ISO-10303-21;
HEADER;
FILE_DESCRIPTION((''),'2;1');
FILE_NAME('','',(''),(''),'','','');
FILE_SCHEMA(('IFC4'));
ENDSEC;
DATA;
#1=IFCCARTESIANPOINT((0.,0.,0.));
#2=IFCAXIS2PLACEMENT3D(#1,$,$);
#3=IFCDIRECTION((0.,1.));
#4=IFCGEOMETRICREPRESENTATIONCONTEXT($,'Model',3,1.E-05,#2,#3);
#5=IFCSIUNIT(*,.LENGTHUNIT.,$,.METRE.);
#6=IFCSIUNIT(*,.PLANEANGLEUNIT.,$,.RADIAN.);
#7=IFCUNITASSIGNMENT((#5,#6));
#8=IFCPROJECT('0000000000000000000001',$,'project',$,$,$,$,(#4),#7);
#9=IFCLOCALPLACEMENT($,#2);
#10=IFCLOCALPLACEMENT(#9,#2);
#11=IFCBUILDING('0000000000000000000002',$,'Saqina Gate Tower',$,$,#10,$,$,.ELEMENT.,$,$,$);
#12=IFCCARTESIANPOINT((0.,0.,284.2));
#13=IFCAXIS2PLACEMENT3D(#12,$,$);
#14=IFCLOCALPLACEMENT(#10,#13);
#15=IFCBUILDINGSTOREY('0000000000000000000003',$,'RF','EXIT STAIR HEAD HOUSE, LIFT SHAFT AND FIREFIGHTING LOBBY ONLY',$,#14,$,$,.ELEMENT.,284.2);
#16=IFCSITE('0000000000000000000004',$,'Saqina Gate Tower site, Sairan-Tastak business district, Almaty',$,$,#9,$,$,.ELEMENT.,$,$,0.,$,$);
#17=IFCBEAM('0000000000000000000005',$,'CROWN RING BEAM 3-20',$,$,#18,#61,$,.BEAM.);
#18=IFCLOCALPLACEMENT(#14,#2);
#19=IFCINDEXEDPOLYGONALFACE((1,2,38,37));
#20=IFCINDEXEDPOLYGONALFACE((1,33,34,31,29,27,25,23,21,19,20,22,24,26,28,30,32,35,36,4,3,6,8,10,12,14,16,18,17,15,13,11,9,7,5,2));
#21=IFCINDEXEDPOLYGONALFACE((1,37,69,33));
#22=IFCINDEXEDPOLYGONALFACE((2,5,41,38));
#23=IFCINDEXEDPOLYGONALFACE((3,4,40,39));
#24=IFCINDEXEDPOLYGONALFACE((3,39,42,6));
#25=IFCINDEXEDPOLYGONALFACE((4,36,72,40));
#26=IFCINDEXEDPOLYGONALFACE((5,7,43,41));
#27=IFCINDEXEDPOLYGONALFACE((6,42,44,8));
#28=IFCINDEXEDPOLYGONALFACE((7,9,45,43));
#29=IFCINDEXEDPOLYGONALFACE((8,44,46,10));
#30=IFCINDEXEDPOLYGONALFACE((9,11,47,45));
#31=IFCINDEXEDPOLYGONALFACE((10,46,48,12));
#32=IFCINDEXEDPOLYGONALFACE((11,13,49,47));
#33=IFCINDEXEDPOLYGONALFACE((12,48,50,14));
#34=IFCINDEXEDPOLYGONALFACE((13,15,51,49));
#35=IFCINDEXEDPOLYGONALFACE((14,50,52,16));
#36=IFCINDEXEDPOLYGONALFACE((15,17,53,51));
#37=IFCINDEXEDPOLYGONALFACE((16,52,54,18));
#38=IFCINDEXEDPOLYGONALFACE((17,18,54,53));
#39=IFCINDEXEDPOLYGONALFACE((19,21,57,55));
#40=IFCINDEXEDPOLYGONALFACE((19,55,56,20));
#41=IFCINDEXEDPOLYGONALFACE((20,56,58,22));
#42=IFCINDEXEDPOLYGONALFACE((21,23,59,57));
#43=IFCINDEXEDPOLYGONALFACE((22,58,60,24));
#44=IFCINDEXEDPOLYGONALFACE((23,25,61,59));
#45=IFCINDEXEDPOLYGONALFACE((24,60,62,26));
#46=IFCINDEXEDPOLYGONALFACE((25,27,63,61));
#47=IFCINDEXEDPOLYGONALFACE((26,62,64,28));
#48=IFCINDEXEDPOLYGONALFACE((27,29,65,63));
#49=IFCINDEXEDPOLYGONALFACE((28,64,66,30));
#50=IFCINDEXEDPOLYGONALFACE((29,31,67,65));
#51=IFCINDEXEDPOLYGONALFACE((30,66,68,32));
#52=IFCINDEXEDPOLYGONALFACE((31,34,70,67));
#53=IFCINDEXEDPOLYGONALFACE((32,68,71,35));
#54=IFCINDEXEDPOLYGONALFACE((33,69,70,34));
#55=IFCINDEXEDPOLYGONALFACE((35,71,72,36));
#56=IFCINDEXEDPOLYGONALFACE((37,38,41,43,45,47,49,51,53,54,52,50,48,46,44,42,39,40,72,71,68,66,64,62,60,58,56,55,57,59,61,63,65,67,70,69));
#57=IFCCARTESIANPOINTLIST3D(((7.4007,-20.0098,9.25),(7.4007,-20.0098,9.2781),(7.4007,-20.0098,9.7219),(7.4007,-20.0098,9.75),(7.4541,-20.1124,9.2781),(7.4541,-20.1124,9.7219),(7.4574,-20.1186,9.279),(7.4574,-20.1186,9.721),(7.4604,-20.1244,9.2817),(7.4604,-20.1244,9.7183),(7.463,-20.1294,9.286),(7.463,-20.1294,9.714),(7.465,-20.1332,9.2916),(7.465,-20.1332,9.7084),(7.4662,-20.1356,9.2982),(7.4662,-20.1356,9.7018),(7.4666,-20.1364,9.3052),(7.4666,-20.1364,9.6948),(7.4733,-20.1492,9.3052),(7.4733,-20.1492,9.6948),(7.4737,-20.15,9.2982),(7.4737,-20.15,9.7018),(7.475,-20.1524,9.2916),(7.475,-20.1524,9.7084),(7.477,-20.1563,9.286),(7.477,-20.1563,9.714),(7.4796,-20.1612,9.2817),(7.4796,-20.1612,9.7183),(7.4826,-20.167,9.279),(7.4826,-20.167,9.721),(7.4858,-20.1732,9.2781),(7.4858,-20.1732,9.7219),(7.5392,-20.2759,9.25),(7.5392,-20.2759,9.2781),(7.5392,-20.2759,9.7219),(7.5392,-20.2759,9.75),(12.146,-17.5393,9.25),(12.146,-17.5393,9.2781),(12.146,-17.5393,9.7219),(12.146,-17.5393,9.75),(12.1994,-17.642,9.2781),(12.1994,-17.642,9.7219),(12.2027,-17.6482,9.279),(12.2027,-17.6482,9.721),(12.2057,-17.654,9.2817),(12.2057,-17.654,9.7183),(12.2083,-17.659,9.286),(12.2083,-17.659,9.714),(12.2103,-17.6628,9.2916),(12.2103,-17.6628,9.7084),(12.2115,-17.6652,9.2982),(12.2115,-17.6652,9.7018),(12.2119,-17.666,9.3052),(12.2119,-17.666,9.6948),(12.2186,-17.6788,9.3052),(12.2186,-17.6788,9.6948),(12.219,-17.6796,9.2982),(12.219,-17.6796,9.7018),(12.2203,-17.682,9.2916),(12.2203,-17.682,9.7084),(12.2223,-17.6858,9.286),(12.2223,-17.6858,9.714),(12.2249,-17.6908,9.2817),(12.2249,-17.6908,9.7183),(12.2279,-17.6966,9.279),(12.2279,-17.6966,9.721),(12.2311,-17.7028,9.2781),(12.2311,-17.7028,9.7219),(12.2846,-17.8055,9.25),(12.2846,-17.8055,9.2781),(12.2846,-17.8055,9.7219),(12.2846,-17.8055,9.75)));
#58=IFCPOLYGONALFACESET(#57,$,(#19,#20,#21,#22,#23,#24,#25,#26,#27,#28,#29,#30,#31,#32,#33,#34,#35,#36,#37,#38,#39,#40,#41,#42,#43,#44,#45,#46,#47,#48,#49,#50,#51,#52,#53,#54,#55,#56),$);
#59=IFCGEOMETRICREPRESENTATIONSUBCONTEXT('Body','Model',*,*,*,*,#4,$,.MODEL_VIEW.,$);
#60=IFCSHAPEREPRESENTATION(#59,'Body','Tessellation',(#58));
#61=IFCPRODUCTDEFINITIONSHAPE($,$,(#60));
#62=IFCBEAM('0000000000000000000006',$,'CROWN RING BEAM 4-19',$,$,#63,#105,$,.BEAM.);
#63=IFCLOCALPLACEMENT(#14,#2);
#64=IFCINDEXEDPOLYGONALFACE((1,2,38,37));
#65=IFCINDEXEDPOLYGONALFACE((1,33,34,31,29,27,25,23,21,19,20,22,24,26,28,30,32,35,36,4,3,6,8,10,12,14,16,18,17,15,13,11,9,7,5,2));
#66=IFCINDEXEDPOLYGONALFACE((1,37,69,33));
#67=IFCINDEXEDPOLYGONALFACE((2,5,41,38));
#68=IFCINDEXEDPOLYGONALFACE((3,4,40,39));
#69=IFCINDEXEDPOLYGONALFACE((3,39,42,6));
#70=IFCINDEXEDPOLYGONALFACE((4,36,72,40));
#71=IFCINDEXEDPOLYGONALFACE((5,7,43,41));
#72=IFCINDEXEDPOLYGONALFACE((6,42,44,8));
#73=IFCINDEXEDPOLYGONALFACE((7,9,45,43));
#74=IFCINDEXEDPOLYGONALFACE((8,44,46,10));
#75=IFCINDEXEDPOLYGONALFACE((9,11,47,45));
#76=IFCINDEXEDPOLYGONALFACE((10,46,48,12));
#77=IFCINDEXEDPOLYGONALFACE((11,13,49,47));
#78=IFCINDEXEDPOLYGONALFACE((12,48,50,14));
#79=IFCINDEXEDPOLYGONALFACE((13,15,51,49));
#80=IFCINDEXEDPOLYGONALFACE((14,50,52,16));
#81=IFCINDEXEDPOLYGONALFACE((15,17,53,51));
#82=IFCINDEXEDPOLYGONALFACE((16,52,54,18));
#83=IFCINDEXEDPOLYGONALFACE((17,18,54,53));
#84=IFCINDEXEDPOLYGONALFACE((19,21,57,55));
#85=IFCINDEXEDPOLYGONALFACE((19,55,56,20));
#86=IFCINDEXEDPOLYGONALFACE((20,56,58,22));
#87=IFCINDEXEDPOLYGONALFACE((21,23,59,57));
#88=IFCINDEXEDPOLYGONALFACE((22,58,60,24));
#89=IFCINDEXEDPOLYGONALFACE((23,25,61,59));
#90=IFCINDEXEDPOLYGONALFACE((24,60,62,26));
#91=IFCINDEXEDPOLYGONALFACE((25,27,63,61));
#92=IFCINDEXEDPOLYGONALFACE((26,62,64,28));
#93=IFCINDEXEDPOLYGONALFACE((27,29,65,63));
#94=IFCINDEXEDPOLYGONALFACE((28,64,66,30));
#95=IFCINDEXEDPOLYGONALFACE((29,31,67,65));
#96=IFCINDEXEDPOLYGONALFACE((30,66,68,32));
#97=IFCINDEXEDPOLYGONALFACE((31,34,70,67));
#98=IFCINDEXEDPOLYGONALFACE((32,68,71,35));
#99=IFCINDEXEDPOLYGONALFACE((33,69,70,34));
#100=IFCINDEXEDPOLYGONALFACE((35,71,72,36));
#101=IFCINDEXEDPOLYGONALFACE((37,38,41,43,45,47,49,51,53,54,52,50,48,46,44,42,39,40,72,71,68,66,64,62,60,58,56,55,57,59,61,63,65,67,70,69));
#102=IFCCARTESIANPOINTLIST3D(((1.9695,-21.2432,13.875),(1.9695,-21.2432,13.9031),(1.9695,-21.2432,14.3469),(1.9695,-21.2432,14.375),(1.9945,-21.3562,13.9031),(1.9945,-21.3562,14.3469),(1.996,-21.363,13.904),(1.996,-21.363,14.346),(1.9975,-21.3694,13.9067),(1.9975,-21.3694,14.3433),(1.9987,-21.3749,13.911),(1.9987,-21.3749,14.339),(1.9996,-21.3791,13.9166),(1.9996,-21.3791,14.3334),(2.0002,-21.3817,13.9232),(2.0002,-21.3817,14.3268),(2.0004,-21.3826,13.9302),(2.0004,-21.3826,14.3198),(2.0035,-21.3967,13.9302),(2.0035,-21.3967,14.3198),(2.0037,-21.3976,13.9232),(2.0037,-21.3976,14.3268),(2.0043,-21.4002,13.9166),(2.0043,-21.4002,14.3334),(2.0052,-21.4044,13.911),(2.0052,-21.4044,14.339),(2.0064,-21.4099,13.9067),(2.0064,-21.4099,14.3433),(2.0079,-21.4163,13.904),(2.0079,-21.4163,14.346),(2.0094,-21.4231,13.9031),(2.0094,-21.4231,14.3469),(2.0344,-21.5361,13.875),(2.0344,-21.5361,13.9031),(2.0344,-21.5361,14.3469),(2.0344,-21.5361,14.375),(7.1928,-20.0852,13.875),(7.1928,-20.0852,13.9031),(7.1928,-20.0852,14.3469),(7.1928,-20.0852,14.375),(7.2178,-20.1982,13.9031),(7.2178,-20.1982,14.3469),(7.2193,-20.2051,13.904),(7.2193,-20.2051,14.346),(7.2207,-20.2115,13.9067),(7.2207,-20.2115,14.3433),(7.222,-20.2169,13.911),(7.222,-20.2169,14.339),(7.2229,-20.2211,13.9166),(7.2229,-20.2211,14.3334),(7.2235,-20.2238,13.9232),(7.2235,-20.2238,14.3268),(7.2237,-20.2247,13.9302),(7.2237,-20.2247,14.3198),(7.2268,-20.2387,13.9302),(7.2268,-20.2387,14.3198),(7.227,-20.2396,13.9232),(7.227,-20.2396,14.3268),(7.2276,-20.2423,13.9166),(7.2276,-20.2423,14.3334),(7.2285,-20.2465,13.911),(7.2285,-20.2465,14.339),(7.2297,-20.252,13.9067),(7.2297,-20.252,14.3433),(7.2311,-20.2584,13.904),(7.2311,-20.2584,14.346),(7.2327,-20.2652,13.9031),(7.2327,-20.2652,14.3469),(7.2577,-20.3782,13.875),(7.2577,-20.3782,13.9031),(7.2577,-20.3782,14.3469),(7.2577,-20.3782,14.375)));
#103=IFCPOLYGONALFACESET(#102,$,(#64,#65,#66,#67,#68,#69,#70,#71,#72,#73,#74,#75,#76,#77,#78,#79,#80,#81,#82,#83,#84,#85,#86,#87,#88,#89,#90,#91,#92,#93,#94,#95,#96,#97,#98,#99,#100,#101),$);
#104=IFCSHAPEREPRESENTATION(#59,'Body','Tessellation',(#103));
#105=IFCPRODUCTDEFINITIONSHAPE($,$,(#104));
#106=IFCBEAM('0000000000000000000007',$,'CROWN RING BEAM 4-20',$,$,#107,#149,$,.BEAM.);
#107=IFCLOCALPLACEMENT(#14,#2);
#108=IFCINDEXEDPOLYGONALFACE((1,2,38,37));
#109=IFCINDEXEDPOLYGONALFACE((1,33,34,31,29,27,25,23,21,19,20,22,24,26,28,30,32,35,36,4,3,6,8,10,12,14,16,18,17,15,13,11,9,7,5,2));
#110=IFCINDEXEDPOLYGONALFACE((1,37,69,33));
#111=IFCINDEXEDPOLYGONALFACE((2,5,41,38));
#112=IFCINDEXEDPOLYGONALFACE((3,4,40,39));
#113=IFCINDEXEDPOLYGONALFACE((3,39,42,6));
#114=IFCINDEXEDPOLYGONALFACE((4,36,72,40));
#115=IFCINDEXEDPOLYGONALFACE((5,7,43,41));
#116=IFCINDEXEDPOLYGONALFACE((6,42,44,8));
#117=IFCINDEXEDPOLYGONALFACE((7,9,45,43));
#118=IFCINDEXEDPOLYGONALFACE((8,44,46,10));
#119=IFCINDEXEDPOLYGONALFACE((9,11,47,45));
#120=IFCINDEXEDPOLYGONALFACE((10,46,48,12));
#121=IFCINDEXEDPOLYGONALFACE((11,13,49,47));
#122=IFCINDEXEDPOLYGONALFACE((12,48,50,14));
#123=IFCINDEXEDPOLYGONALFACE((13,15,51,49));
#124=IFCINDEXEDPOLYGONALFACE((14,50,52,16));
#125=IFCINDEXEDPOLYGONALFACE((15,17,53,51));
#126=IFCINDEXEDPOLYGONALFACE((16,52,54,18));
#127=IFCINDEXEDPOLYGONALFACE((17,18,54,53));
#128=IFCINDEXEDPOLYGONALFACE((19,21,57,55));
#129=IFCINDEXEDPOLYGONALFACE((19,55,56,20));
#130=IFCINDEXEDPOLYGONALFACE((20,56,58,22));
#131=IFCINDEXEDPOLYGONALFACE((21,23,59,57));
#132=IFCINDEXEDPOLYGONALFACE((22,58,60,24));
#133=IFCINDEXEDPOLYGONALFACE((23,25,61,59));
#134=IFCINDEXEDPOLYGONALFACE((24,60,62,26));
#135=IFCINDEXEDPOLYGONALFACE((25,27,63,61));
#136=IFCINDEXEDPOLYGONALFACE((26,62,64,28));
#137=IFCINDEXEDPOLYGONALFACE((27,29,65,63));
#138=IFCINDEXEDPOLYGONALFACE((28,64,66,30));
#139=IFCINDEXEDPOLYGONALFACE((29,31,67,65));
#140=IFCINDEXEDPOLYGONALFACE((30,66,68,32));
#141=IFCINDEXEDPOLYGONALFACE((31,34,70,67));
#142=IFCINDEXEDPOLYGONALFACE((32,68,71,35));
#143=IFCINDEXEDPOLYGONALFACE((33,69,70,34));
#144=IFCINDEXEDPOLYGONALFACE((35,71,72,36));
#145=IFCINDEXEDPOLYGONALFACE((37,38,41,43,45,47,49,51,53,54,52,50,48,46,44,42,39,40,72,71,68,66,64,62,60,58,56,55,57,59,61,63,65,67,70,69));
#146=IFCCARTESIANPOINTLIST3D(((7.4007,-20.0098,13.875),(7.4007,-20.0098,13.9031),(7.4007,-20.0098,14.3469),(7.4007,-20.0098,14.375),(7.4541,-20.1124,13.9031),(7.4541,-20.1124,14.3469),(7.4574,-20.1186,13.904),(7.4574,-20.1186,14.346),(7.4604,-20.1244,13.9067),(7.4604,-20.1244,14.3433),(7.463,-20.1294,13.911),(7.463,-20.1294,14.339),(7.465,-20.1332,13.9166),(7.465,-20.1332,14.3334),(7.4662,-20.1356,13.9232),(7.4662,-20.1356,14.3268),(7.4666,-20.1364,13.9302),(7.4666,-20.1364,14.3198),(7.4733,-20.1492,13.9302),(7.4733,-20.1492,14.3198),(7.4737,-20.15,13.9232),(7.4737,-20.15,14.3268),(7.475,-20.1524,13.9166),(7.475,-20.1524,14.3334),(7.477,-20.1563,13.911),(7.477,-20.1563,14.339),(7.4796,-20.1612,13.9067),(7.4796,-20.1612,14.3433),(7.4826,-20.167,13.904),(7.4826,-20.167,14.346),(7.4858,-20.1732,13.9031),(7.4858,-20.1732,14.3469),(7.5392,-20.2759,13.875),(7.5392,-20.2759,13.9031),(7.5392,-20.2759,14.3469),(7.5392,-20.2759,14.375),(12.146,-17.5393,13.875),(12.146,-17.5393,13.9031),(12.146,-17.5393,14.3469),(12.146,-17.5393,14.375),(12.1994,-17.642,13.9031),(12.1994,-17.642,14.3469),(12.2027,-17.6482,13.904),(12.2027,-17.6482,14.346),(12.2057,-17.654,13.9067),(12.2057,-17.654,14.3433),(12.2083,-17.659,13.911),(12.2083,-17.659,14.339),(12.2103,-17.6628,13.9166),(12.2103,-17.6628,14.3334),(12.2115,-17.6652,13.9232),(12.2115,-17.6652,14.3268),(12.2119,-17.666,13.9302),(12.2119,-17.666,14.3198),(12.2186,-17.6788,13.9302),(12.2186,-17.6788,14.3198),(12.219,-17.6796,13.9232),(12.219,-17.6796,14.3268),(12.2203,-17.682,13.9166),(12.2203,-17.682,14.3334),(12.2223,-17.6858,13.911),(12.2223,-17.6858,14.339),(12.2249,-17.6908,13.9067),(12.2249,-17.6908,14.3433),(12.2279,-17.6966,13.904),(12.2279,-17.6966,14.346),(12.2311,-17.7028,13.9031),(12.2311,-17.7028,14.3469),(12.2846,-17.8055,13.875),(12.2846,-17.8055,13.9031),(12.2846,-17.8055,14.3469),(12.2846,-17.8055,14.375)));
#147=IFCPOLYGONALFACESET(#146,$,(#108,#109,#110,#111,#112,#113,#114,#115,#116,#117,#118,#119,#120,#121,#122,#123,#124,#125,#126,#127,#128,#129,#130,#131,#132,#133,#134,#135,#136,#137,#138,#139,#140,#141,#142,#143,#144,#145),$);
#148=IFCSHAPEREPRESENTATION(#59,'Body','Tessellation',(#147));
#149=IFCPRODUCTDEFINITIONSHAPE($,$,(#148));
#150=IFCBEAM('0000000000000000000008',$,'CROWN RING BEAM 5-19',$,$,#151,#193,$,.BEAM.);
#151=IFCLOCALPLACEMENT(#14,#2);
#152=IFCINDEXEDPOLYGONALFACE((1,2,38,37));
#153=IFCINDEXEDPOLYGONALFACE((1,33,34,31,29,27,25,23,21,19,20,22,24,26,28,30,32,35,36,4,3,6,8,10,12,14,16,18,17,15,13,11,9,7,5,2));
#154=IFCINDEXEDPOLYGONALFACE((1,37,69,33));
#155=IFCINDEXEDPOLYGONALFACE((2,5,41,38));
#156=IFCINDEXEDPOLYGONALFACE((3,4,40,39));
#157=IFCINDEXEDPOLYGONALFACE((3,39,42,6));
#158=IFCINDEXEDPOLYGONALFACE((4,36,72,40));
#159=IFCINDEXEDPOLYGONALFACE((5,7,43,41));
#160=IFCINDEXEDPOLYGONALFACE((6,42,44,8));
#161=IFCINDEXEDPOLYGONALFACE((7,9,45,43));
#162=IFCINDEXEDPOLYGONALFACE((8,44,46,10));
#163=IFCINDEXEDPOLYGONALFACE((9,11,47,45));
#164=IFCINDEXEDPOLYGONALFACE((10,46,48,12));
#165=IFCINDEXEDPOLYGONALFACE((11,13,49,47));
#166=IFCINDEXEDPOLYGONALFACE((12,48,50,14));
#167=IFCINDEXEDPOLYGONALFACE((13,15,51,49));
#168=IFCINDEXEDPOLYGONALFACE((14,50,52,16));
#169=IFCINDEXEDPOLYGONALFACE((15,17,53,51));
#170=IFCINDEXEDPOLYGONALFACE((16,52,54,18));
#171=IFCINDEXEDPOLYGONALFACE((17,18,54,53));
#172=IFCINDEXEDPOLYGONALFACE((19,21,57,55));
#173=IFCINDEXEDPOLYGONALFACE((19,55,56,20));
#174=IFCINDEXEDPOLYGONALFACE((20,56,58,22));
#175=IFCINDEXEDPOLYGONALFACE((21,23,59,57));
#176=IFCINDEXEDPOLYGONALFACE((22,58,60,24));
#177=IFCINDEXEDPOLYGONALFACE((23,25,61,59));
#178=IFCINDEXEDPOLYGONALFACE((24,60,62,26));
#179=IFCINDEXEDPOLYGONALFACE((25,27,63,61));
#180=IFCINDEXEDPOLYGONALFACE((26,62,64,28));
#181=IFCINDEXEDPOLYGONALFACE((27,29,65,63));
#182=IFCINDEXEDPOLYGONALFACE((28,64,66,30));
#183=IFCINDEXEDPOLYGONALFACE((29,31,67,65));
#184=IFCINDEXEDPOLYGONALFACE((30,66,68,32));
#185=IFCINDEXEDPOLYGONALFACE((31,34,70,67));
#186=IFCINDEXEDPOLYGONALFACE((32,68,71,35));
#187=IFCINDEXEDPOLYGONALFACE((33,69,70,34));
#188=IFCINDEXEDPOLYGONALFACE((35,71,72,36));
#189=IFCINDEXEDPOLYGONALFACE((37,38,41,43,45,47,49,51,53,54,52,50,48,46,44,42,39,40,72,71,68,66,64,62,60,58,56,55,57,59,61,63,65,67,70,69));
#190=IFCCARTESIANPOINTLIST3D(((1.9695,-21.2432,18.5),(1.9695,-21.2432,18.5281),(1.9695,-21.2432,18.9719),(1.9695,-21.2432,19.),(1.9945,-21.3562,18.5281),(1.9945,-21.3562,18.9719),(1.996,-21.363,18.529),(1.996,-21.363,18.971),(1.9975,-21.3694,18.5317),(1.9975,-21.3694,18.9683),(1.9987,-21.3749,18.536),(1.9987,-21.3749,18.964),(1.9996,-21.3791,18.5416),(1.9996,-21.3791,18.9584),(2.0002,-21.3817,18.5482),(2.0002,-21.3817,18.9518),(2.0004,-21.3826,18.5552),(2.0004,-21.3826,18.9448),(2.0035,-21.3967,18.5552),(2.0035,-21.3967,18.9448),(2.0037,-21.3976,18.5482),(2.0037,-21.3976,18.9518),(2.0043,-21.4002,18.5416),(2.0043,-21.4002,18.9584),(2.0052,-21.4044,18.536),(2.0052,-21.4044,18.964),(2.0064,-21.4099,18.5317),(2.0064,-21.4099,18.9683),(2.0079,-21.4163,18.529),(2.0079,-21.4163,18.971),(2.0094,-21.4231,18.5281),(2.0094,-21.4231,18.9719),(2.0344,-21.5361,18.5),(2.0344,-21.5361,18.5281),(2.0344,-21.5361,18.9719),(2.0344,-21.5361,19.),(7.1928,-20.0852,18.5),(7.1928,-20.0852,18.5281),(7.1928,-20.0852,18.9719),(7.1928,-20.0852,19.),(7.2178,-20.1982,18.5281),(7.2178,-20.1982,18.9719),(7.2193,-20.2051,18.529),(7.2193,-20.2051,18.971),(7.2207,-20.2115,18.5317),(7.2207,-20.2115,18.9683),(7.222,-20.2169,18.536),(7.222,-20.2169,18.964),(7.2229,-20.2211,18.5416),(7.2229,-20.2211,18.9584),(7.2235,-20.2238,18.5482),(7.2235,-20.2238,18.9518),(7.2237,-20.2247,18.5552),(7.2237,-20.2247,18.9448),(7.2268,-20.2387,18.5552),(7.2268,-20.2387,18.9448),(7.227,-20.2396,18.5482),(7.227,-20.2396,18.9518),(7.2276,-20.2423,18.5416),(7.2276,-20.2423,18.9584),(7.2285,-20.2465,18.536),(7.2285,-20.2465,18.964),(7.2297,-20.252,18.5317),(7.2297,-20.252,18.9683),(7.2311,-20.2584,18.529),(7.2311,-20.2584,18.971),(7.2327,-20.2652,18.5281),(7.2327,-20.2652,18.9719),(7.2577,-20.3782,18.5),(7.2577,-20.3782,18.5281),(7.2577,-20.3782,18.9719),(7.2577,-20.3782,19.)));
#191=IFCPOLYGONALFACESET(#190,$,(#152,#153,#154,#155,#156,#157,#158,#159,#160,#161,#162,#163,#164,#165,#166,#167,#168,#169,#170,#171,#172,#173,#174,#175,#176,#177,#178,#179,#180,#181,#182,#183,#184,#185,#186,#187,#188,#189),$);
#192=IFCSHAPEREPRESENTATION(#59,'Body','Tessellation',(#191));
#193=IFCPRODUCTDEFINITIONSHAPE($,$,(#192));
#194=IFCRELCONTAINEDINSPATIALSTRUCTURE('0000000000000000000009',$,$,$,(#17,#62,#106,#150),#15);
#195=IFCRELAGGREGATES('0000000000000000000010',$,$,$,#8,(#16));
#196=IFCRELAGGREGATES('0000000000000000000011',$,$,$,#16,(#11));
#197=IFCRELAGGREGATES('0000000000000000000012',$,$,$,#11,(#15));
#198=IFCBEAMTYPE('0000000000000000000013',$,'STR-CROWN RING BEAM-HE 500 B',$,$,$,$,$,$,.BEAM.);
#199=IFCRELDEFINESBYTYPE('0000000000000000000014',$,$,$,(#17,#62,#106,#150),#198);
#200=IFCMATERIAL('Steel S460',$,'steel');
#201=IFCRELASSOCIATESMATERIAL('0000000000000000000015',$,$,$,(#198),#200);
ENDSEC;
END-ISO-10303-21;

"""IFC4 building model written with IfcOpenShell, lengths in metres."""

from ifc_helpers import new_model, si_unit, direction, frame, origin, origin_2d, place, context, subcontext, project, spatial, i_section, extrude, material, material_profile, profile_set, type_object, element, save


model = new_model("IFC4")

# Units and contexts
model_context = context("Model", 3, precision=1e-05, world=origin(), true_north=direction((0.0, 1.0)))
body_context = subcontext(model_context, "Body", "Model", "MODEL_VIEW")
ifc_project = project(units=[si_unit("LENGTHUNIT", "METRE"), si_unit("PLANEANGLEUNIT", "RADIAN")], contexts=[model_context])

# Site, building, storey
site_placement = place(None, origin())
site = spatial("IfcSite", under=ifc_project, at=site_placement, Name="Saqina Gate Tower site, Sairan-Tastak business district, Almaty", CompositionType="ELEMENT", RefElevation=0.0)
building_placement = place(site_placement, origin())
building = spatial("IfcBuilding", under=site, at=building_placement, Name="Saqina Gate Tower", CompositionType="ELEMENT")
storey_placement = place(building_placement, frame((0.0, 0.0, 284.2)))
storey = spatial("IfcBuildingStorey", under=building, at=storey_placement, Name="RF", Description="EXIT STAIR HEAD HOUSE, LIFT SHAFT AND FIREFIGHTING LOBBY ONLY", CompositionType="ELEMENT", Elevation=284.2)

# Beams
ifc_material_1 = material(Name="Steel S460", Category="steel")
ifc_material_profile_1 = material_profile(ifc_material_1, i_section(OverallWidth=0.3, OverallDepth=0.5, WebThickness=0.0144, FlangeThickness=0.0281, FilletRadius=0.0271, at=origin_2d()), Name="HE 500 B")
ifc_profile_set_1 = profile_set([ifc_material_profile_1], Name="Steel S460")
beam_type_1 = type_object("IfcBeamType", Name="STR-CROWN RING BEAM-HE 500 B", PredefinedType="BEAM", material=ifc_profile_set_1)
beam_1_placement = place(storey_placement, frame((7.47, -20.1428, 9.5), z_axis=(0.886997, 0.461775, 0.0), x_axis=(-0.461775, 0.886997, 0.0)))
element("IfcBeam", 1, at=beam_1_placement, inside=storey, type_object=beam_type_1, Name="CROWN RING BEAM 3-20", PredefinedType="BEAM", context=body_context, shape_type="SweptSolid", body=[
    extrude(i_section(OverallWidth=0.3, OverallDepth=0.5, WebThickness=0.0144, FlangeThickness=0.0281, FilletRadius=0.0271, at=origin_2d()), origin(), (0.0, 0.0, 1.0), 5.3499),
])
beam_2_placement = place(storey_placement, frame((2.002, -21.3896, 14.125), z_axis=(0.976298, 0.216433, 0.0), x_axis=(-0.216433, 0.976298, 0.0)))
element("IfcBeam", 2, at=beam_2_placement, inside=storey, type_object=beam_type_1, Name="CROWN RING BEAM 4-19", PredefinedType="BEAM", context=body_context, shape_type="SweptSolid", body=[
    extrude(i_section(OverallWidth=0.3, OverallDepth=0.5, WebThickness=0.0144, FlangeThickness=0.0281, FilletRadius=0.0271, at=origin_2d()), origin(), (0.0, 0.0, 1.0), 5.3501),
])
beam_3_placement = place(storey_placement, frame((7.47, -20.1428, 14.125), z_axis=(0.886997, 0.461775, 0.0), x_axis=(-0.461775, 0.886997, 0.0)))
element("IfcBeam", 3, at=beam_3_placement, inside=storey, type_object=beam_type_1, Name="CROWN RING BEAM 4-20", PredefinedType="BEAM", context=body_context, shape_type="SweptSolid", body=[
    extrude(i_section(OverallWidth=0.3, OverallDepth=0.5, WebThickness=0.0144, FlangeThickness=0.0281, FilletRadius=0.0271, at=origin_2d()), origin(), (0.0, 0.0, 1.0), 5.3499),
])
beam_4_placement = place(storey_placement, frame((2.002, -21.3896, 18.75), z_axis=(0.976298, 0.216433, 0.0), x_axis=(-0.216433, 0.976298, 0.0)))
element("IfcBeam", 4, at=beam_4_placement, inside=storey, type_object=beam_type_1, Name="CROWN RING BEAM 5-19", PredefinedType="BEAM", context=body_context, shape_type="SweptSolid", body=[
    extrude(i_section(OverallWidth=0.3, OverallDepth=0.5, WebThickness=0.0144, FlangeThickness=0.0281, FilletRadius=0.0271, at=origin_2d()), origin(), (0.0, 0.0, 1.0), 5.3501),
])

save(model, "model.ifc")
